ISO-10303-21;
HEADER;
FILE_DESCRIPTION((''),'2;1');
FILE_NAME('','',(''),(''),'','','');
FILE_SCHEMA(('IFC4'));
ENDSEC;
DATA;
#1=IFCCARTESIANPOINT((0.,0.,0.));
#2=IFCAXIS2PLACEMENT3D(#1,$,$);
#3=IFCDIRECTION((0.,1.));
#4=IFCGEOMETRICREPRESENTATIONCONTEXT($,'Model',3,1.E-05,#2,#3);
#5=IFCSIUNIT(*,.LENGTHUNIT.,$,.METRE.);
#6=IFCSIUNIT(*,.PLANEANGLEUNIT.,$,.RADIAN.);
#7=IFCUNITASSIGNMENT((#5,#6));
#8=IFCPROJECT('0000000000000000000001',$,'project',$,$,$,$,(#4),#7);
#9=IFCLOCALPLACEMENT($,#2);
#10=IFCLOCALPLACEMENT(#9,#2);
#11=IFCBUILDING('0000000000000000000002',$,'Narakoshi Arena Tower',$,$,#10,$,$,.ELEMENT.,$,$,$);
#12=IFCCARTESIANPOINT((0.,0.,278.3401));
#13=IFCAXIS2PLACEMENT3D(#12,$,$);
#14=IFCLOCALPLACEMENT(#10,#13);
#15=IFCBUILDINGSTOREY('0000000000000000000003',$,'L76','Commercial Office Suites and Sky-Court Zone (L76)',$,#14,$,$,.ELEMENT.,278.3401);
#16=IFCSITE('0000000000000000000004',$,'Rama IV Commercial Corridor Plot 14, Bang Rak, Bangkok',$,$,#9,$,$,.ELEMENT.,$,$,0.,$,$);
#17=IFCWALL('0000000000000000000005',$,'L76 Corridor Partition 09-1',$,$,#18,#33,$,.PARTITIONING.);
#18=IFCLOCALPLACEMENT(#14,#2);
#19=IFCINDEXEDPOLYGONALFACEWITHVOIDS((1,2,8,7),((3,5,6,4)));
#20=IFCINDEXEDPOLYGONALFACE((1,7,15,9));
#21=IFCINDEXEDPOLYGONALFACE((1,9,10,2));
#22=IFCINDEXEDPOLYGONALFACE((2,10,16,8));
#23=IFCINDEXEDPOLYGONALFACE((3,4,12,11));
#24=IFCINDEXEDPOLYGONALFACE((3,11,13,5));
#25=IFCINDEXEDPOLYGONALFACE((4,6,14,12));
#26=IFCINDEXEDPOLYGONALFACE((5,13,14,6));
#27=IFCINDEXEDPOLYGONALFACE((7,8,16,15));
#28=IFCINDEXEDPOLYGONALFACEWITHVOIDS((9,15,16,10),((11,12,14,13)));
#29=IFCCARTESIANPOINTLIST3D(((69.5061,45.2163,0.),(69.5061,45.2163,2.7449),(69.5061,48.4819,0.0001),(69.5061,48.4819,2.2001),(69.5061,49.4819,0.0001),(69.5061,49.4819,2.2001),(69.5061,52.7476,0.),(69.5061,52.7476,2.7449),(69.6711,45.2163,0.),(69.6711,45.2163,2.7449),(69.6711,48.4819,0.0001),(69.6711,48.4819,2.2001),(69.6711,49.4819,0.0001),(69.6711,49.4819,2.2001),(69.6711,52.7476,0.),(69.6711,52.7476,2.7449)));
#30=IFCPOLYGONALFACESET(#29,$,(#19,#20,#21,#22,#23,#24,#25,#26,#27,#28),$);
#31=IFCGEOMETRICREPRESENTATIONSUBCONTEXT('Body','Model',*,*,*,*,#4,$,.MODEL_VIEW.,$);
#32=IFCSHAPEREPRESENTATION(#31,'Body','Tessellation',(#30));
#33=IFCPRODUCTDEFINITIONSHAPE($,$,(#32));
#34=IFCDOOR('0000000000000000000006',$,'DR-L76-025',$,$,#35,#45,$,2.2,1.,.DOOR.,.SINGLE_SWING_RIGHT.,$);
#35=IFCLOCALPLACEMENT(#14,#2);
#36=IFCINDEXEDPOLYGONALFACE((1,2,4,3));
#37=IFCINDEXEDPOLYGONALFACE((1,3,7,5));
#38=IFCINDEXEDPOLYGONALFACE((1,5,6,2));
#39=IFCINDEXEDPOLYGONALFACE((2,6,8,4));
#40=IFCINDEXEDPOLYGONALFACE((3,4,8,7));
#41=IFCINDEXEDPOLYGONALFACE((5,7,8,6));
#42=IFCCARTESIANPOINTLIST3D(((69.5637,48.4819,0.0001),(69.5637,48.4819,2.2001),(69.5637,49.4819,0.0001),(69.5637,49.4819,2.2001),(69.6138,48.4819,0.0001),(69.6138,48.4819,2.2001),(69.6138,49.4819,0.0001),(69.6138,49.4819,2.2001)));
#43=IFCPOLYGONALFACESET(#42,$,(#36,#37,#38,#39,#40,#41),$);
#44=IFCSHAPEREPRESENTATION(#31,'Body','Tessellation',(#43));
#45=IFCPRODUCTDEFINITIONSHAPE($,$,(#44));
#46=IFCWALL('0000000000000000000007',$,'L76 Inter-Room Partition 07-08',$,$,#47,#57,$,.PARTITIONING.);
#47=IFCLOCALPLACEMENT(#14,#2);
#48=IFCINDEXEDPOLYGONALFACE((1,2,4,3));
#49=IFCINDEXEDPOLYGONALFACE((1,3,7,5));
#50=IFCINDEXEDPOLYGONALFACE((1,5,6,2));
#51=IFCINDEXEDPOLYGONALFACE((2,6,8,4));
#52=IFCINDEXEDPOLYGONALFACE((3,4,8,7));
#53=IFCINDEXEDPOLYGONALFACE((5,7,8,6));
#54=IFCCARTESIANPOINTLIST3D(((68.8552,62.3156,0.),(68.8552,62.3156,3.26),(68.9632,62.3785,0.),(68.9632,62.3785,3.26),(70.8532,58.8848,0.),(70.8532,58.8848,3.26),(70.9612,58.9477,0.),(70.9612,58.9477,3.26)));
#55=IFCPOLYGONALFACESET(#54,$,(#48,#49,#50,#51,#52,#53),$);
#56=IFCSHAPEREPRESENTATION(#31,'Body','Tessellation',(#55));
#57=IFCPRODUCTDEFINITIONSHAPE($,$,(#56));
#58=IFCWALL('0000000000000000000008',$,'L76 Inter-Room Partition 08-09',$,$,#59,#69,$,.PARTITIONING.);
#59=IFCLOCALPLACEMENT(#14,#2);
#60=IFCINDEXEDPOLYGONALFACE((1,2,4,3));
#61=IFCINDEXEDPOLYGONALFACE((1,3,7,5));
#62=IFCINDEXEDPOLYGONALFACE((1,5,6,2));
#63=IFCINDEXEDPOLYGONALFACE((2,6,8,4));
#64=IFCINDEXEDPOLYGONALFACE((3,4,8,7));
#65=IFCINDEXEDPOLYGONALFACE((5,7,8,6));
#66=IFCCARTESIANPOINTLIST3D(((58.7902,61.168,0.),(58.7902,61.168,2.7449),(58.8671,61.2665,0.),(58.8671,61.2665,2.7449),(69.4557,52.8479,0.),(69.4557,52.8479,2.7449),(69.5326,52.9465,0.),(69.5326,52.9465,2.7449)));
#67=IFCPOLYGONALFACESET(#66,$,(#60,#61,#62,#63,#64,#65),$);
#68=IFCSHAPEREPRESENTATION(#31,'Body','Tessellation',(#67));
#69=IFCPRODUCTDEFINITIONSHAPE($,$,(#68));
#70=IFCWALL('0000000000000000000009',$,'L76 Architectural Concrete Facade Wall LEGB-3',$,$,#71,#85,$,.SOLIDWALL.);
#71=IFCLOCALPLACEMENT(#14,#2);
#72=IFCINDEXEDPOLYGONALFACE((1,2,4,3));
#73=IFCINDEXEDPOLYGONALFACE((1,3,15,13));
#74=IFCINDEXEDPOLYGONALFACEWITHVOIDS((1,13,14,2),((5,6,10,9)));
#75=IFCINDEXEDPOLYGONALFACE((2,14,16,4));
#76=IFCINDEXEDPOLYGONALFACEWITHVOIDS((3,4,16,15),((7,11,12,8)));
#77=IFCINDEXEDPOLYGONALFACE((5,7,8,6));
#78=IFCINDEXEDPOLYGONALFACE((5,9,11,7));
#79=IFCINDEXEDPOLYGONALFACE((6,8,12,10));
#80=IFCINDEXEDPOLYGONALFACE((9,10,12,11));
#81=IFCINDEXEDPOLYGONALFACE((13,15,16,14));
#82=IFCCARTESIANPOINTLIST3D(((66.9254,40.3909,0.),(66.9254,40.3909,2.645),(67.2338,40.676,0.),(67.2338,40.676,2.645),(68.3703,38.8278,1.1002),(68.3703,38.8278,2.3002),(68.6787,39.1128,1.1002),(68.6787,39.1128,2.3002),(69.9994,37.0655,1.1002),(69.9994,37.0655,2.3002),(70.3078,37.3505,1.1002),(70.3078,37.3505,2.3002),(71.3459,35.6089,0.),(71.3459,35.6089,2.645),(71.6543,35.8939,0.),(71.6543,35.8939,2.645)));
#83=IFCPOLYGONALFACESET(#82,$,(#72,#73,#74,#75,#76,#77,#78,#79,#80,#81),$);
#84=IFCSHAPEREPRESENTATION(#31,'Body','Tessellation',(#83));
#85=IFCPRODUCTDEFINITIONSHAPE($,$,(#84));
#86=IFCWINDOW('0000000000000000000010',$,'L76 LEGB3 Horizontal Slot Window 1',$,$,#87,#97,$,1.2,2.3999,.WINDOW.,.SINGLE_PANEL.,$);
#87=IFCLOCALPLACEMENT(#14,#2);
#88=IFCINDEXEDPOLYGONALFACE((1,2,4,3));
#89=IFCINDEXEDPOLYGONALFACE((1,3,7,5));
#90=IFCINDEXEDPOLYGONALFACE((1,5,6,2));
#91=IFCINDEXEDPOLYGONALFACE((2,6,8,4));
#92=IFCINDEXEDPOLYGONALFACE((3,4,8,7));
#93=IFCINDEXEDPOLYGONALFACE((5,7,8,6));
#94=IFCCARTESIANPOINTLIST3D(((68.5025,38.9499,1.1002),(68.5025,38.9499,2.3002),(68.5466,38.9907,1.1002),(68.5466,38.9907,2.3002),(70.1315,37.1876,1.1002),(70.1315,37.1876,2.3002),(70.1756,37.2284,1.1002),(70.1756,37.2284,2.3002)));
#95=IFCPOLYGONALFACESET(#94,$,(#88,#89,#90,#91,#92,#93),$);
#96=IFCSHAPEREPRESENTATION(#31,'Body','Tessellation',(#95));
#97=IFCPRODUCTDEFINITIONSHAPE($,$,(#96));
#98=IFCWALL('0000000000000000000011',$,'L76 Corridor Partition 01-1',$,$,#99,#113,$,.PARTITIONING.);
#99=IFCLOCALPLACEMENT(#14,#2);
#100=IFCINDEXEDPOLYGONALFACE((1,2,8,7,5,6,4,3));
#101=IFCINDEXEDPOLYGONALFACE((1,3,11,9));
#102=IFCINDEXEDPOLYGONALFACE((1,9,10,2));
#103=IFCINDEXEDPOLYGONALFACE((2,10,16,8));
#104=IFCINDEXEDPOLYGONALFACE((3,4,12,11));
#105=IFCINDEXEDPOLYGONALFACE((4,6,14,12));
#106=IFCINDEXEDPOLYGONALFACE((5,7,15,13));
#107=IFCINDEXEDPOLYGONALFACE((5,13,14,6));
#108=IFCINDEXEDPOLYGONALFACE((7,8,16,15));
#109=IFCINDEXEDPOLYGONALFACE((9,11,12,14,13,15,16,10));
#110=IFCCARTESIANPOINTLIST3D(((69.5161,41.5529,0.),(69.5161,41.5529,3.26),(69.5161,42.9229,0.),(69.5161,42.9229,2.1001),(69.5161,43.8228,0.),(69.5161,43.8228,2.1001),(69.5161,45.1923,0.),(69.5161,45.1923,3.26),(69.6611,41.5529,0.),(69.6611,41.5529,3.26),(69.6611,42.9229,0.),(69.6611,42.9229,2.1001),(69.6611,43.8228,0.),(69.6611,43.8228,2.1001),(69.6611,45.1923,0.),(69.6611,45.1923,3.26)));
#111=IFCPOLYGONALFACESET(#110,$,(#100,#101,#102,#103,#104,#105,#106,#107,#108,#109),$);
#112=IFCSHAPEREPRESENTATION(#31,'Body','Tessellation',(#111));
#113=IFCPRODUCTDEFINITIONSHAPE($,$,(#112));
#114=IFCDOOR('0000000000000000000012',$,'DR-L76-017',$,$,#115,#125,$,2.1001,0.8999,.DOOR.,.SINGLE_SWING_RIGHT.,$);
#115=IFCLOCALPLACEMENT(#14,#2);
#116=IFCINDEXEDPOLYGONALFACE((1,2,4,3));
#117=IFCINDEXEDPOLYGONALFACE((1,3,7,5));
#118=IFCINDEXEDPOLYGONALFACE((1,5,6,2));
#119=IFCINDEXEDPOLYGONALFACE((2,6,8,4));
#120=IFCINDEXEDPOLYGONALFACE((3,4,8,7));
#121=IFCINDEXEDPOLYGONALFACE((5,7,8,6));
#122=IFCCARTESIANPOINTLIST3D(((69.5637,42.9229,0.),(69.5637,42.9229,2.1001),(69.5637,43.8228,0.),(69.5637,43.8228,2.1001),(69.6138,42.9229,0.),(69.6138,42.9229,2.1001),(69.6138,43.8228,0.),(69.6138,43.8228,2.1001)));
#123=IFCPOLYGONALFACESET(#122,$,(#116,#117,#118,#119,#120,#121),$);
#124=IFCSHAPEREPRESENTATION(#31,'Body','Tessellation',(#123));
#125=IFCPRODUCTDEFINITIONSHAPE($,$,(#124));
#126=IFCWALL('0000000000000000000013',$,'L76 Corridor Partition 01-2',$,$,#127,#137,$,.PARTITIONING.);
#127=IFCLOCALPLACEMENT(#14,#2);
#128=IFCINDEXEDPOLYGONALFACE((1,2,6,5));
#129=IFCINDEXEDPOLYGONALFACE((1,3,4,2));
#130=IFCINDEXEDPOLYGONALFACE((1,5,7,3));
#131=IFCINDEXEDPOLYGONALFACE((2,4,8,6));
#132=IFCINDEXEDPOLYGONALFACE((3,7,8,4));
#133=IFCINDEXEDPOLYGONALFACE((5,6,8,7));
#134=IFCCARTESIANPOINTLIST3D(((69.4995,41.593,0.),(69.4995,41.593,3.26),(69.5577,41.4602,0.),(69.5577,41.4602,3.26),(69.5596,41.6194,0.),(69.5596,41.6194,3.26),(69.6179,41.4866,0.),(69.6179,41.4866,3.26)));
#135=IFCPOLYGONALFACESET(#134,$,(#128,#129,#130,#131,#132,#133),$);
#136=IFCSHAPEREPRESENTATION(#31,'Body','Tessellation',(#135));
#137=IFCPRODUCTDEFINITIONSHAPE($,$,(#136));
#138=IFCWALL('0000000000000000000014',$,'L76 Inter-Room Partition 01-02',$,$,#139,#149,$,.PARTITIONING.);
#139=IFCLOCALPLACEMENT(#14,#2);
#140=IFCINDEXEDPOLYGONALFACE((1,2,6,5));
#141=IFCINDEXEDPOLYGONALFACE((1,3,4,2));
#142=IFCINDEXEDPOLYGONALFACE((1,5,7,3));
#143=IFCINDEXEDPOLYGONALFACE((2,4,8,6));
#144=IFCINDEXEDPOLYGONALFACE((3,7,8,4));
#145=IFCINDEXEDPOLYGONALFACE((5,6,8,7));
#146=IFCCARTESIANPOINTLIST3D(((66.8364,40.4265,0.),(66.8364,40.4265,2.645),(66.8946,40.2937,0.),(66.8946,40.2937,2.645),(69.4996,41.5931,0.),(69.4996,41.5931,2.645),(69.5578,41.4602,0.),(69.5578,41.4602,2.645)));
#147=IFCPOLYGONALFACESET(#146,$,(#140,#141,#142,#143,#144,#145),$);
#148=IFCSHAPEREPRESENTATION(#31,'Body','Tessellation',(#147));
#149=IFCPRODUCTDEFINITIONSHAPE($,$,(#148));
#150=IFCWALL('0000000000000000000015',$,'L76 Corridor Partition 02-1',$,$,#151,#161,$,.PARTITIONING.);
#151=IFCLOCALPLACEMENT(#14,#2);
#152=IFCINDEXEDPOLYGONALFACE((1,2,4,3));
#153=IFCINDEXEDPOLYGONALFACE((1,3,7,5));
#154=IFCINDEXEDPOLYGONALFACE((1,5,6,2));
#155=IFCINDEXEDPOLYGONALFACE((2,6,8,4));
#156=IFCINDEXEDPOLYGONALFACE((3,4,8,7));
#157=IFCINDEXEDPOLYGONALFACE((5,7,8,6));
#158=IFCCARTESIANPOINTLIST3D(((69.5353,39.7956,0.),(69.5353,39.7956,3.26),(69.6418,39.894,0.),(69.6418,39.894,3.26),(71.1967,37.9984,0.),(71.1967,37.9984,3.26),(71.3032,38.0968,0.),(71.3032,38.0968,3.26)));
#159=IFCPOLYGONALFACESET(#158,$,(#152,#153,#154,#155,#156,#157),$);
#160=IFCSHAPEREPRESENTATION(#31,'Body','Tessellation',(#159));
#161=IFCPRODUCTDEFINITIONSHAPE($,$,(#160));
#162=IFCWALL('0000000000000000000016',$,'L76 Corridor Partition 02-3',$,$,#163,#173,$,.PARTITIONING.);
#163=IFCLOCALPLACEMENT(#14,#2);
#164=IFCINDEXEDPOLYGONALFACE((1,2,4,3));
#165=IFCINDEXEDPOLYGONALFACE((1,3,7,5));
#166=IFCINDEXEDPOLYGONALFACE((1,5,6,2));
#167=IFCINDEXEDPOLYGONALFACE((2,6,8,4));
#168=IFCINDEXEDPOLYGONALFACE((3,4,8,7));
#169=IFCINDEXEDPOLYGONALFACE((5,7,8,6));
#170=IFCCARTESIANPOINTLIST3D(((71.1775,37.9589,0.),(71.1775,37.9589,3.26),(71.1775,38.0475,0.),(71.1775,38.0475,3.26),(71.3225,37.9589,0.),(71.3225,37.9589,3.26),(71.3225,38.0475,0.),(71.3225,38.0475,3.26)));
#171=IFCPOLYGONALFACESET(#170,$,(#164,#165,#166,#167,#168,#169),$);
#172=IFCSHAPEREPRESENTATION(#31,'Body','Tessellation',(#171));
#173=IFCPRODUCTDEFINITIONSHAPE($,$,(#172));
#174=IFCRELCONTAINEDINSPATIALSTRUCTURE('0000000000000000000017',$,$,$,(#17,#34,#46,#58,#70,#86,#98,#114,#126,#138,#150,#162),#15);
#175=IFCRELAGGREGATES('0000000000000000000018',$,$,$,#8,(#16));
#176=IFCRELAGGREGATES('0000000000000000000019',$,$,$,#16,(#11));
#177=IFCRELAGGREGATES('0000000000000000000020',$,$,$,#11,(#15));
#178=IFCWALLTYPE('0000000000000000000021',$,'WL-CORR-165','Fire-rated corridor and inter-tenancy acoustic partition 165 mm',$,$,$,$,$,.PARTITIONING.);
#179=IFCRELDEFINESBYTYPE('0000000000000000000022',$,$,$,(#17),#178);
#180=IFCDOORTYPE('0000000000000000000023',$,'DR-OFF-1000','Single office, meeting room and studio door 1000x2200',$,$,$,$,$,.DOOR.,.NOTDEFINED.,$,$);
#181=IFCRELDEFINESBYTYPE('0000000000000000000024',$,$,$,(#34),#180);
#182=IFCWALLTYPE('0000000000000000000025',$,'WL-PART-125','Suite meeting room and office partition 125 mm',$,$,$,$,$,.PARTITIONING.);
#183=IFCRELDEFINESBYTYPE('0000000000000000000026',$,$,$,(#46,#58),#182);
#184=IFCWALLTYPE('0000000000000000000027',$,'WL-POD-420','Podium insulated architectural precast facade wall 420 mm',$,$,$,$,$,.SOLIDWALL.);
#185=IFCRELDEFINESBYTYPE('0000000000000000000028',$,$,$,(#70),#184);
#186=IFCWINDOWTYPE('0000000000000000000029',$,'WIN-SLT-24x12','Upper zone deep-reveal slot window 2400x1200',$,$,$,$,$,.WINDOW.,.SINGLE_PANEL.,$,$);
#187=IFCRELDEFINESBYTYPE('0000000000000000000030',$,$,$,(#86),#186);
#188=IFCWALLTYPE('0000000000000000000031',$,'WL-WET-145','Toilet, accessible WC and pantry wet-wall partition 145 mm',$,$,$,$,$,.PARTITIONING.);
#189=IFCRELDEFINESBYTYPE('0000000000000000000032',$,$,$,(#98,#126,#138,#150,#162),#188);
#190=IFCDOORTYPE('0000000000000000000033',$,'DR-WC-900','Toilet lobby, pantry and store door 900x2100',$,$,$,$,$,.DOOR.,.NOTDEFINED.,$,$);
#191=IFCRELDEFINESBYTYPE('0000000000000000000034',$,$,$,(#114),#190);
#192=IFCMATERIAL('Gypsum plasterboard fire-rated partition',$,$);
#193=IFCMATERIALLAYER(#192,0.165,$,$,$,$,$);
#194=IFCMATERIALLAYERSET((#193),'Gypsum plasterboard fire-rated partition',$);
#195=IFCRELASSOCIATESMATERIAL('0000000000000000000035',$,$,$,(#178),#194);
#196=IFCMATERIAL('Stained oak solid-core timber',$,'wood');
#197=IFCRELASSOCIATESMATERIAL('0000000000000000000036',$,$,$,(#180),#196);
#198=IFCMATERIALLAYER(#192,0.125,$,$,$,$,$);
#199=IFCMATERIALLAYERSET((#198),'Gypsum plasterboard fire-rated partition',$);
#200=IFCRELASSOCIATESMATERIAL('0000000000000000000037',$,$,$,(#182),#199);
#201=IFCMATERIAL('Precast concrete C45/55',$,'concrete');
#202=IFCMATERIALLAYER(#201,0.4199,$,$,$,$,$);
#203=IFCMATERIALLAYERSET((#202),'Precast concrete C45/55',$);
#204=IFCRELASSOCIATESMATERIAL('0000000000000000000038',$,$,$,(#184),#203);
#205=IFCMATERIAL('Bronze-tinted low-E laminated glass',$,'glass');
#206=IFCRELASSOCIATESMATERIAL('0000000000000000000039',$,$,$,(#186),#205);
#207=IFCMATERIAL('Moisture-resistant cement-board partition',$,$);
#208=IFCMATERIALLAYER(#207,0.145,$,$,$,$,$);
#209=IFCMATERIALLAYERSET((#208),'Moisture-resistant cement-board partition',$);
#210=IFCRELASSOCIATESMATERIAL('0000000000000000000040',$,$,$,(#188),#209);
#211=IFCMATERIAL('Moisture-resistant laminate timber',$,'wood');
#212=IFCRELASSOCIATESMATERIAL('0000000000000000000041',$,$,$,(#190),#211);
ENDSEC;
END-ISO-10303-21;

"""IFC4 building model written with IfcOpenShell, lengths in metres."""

from ifc_helpers import new_model, si_unit, direction, frame, frame_2d, origin, place, context, subcontext, project, spatial, rectangle, extrude, material, layer, layer_set, type_object, element, fill, save


model = new_model("IFC4")

# Units and contexts
model_context = context("Model", 3, precision=1e-05, world=origin(), true_north=direction((0.0, 1.0)))
body_context = subcontext(model_context, "Body", "Model", "MODEL_VIEW")
ifc_project = project(units=[si_unit("LENGTHUNIT", "METRE"), si_unit("PLANEANGLEUNIT", "RADIAN")], contexts=[model_context])

# Site, building, storey
site_placement = place(None, origin())
site = spatial("IfcSite", under=ifc_project, at=site_placement, Name="Rama IV Commercial Corridor Plot 14, Bang Rak, Bangkok", CompositionType="ELEMENT", RefElevation=0.0)
building_placement = place(site_placement, origin())
building = spatial("IfcBuilding", under=site, at=building_placement, Name="Narakoshi Arena Tower", CompositionType="ELEMENT")
storey_placement = place(building_placement, frame((0.0, 0.0, 278.3401)))
storey = spatial("IfcBuildingStorey", under=building, at=storey_placement, Name="L76", Description="Commercial Office Suites and Sky-Court Zone (L76)", CompositionType="ELEMENT", Elevation=278.3401)

# Shared definitions
ifc_material_1 = material(Name="Bronze-tinted low-E laminated glass", Category="glass")

# Shared definitions
ifc_material_2 = material(Name="Gypsum plasterboard fire-rated partition")
ifc_layer_1 = layer(ifc_material_2, 0.165)
ifc_layer_set_1 = layer_set([ifc_layer_1], Name="Gypsum plasterboard fire-rated partition")
wall_type_1 = type_object("IfcWallType", Name="WL-CORR-165", Description="Fire-rated corridor and inter-tenancy acoustic partition 165 mm", PredefinedType="PARTITIONING", material=ifc_layer_set_1)
ifc_material_3 = material(Name="Stained oak solid-core timber", Category="wood")
door_type_1 = type_object("IfcDoorType", Name="DR-OFF-1000", Description="Single office, meeting room and studio door 1000x2200", OperationType="NOTDEFINED", PredefinedType="DOOR", material=ifc_material_3)

# Wall, opening, door
wall_1_placement = place(storey_placement, frame((69.5886, 52.7476, 0.0), z_axis=(0.0, 0.0, 1.0), x_axis=(0.0, -1.0, 0.0)))
wall_1 = element("IfcWall", 1, at=wall_1_placement, inside=storey, type_object=wall_type_1, Name="L76 Corridor Partition 09-1", PredefinedType="PARTITIONING", context=body_context, shape_type="SweptSolid", body=[
    extrude(rectangle(XDim=7.5312, YDim=0.165, at=frame_2d((3.7656, 0.0))), origin(), (0.0, 0.0, 1.0), 2.7449),
])
opening_1_placement = place(wall_1_placement, frame((3.2656, 0.0, 0.0)))
opening_1 = element("IfcOpeningElement", 2, at=opening_1_placement, cuts=wall_1, PredefinedType="OPENING", context=body_context, shape_type="SweptSolid", body=[
    extrude(rectangle(XDim=1.0, YDim=2.2, at=frame_2d((0.5, 1.1001))), frame((0.0, 0.0925, 0.0), z_axis=(0.0, -1.0, 0.0), x_axis=(1.0, 0.0, 0.0)), (0.0, 0.0, 1.0), 0.1851),
])
door_1_placement = place(opening_1_placement, frame((1.0, 0.0, 0.0), z_axis=(0.0, 0.0, 1.0), x_axis=(-1.0, 0.0, 0.0)))
door_1 = element("IfcDoor", 3, at=door_1_placement, inside=storey, type_object=door_type_1, Name="DR-L76-025", OperationType="SINGLE_SWING_RIGHT", OverallHeight=2.2, OverallWidth=1.0, PredefinedType="DOOR", context=body_context, shape_type="SweptSolid", body=[
    extrude(rectangle(XDim=1.0, YDim=2.2, at=frame_2d((0.5, 1.1001))), frame((0.0, 0.0249, 0.0), z_axis=(0.0, -1.0, 0.0), x_axis=(1.0, 0.0, 0.0)), (0.0, 0.0, 1.0), 0.05),
])
fill(opening_1, door_1)

# Walls
ifc_layer_2 = layer(ifc_material_2, 0.125)
ifc_layer_set_2 = layer_set([ifc_layer_2], Name="Gypsum plasterboard fire-rated partition")
wall_type_2 = type_object("IfcWallType", Name="WL-PART-125", Description="Suite meeting room and office partition 125 mm", PredefinedType="PARTITIONING", material=ifc_layer_set_2)
wall_2_placement = place(storey_placement, frame((70.9072, 58.9163, 0.0), z_axis=(0.0, 0.0, 1.0), x_axis=(-0.503248, 0.864142, 0.0)))
element("IfcWall", 4, at=wall_2_placement, inside=storey, type_object=wall_type_2, Name="L76 Inter-Room Partition 07-08", PredefinedType="PARTITIONING", context=body_context, shape_type="SweptSolid", body=[
    extrude(rectangle(XDim=3.9702, YDim=0.125, at=frame_2d((1.9851, 0.0))), origin(), (0.0, 0.0, 1.0), 3.26),
])
wall_3_placement = place(storey_placement, frame((69.4941, 52.8972, 0.0), z_axis=(0.0, 0.0, 1.0), x_axis=(-0.788468, 0.615076, 0.0)))
element("IfcWall", 5, at=wall_3_placement, inside=storey, type_object=wall_type_2, Name="L76 Inter-Room Partition 08-09", PredefinedType="PARTITIONING", context=body_context, shape_type="SweptSolid", body=[
    extrude(rectangle(XDim=13.5269, YDim=0.125, at=frame_2d((6.7634, 0.0))), origin(), (0.0, 0.0, 1.0), 2.7449),
])

# Wall, opening, window
ifc_material_4 = material(Name="Precast concrete C45/55", Category="concrete")
ifc_layer_3 = layer(ifc_material_4, 0.4199)
ifc_layer_set_3 = layer_set([ifc_layer_3], Name="Precast concrete C45/55")
wall_type_3 = type_object("IfcWallType", Name="WL-POD-420", Description="Podium insulated architectural precast facade wall 420 mm", PredefinedType="SOLIDWALL", material=ifc_layer_set_3)
wall_4_placement = place(storey_placement, frame((67.0796, 40.5334, 0.0), z_axis=(0.0, 0.0, 1.0), x_axis=(0.6788, -0.734323, 0.0)))
wall_4 = element("IfcWall", 6, at=wall_4_placement, inside=storey, type_object=wall_type_3, Name="L76 Architectural Concrete Facade Wall LEGB-3", PredefinedType="SOLIDWALL", context=body_context, shape_type="SweptSolid", body=[
    extrude(rectangle(XDim=6.5122, YDim=0.4199, at=frame_2d((3.2561, 0.0))), origin(), (0.0, 0.0, 1.0), 2.645),
])
opening_2_placement = place(wall_4_placement, frame((2.1287, 0.0, 1.1001)))
opening_2 = element("IfcOpeningElement", 7, at=opening_2_placement, cuts=wall_4, PredefinedType="OPENING", context=body_context, shape_type="SweptSolid", body=[
    extrude(rectangle(XDim=2.3999, YDim=1.2, at=frame_2d((1.2, 0.6001))), frame((0.0, 0.22, 0.0), z_axis=(0.0, -1.0, 0.0), x_axis=(1.0, 0.0, 0.0)), (0.0, 0.0, 1.0), 0.4399),
])
window_type = type_object("IfcWindowType", Name="WIN-SLT-24x12", Description="Upper zone deep-reveal slot window 2400x1200", PartitioningType="SINGLE_PANEL", PredefinedType="WINDOW", material=ifc_material_1)
window_placement = place(opening_2_placement, origin())
window = element("IfcWindow", 8, at=window_placement, inside=storey, type_object=window_type, Name="L76 LEGB3 Horizontal Slot Window 1", OverallHeight=1.2, OverallWidth=2.3999, PartitioningType="SINGLE_PANEL", PredefinedType="WINDOW", context=body_context, shape_type="SweptSolid", body=[
    extrude(rectangle(XDim=2.3999, YDim=1.2, at=frame_2d((1.2, 0.6001))), frame((0.0, 0.03, 0.0), z_axis=(0.0, -1.0, 0.0), x_axis=(1.0, 0.0, 0.0)), (0.0, 0.0, 1.0), 0.0601),
])
fill(opening_2, window)

# Wall, opening, door
ifc_material_5 = material(Name="Moisture-resistant cement-board partition")
ifc_layer_4 = layer(ifc_material_5, 0.145)
ifc_layer_set_4 = layer_set([ifc_layer_4], Name="Moisture-resistant cement-board partition")
wall_type_4 = type_object("IfcWallType", Name="WL-WET-145", Description="Toilet, accessible WC and pantry wet-wall partition 145 mm", PredefinedType="PARTITIONING", material=ifc_layer_set_4)
wall_5_placement = place(storey_placement, frame((69.5886, 45.1924, 0.0), z_axis=(0.0, 0.0, 1.0), x_axis=(0.0, -1.0, 0.0)))
wall_5 = element("IfcWall", 9, at=wall_5_placement, inside=storey, type_object=wall_type_4, Name="L76 Corridor Partition 01-1", PredefinedType="PARTITIONING", context=body_context, shape_type="SweptSolid", body=[
    extrude(rectangle(XDim=3.6394, YDim=0.145, at=frame_2d((1.8198, 0.0))), origin(), (0.0, 0.0, 1.0), 3.26),
])
opening_3_placement = place(wall_5_placement, frame((1.3696, 0.0, 0.0)))
opening_3 = element("IfcOpeningElement", 10, at=opening_3_placement, cuts=wall_5, PredefinedType="OPENING", context=body_context, shape_type="SweptSolid", body=[
    extrude(rectangle(XDim=0.8999, YDim=2.1001, at=frame_2d((0.45, 1.05))), frame((0.0, 0.0825, 0.0), z_axis=(0.0, -1.0, 0.0), x_axis=(1.0, 0.0, 0.0)), (0.0, 0.0, 1.0), 0.165),
])
ifc_material_6 = material(Name="Moisture-resistant laminate timber", Category="wood")
door_type_2 = type_object("IfcDoorType", Name="DR-WC-900", Description="Toilet lobby, pantry and store door 900x2100", OperationType="NOTDEFINED", PredefinedType="DOOR", material=ifc_material_6)
door_2_placement = place(opening_3_placement, frame((0.8999, 0.0, 0.0), z_axis=(0.0, 0.0, 1.0), x_axis=(-1.0, 0.0, 0.0)))
door_2 = element("IfcDoor", 11, at=door_2_placement, inside=storey, type_object=door_type_2, Name="DR-L76-017", OperationType="SINGLE_SWING_RIGHT", OverallHeight=2.1001, OverallWidth=0.8999, PredefinedType="DOOR", context=body_context, shape_type="SweptSolid", body=[
    extrude(rectangle(XDim=0.8999, YDim=2.1001, at=frame_2d((0.45, 1.05))), frame((0.0, 0.0249, 0.0), z_axis=(0.0, -1.0, 0.0), x_axis=(1.0, 0.0, 0.0)), (0.0, 0.0, 1.0), 0.05),
])
fill(opening_3, door_2)

# Walls
wall_6_placement = place(storey_placement, frame((69.5886, 41.553, 0.0), z_axis=(0.0, 0.0, 1.0), x_axis=(-0.915644, -0.40199, 0.0)))
element("IfcWall", 12, at=wall_6_placement, inside=storey, type_object=wall_type_4, Name="L76 Corridor Partition 01-2", PredefinedType="PARTITIONING", context=body_context, shape_type="SweptSolid", body=[
    extrude(rectangle(XDim=0.0657, YDim=0.145, at=frame_2d((0.0327, 0.0))), origin(), (0.0, 0.0, 1.0), 3.26),
])
wall_7_placement = place(storey_placement, frame((69.5286, 41.5266, 0.0), z_axis=(0.0, 0.0, 1.0), x_axis=(-0.91598, -0.401224, 0.0)))
element("IfcWall", 13, at=wall_7_placement, inside=storey, type_object=wall_type_4, Name="L76 Inter-Room Partition 01-02", PredefinedType="PARTITIONING", context=body_context, shape_type="SweptSolid", body=[
    extrude(rectangle(XDim=2.9075, YDim=0.145, at=frame_2d((1.4536, 0.0))), origin(), (0.0, 0.0, 1.0), 2.645),
])
wall_8_placement = place(storey_placement, frame((69.5886, 39.8447, 0.0), z_axis=(0.0, 0.0, 1.0), x_axis=(0.678831, -0.734295, 0.0)))
element("IfcWall", 14, at=wall_8_placement, inside=storey, type_object=wall_type_4, Name="L76 Corridor Partition 02-1", PredefinedType="PARTITIONING", context=body_context, shape_type="SweptSolid", body=[
    extrude(rectangle(XDim=2.4475, YDim=0.145, at=frame_2d((1.2236, 0.0))), origin(), (0.0, 0.0, 1.0), 3.26),
])

# Wall
wall_9_placement = place(storey_placement, frame((71.25, 38.0476, 0.0), z_axis=(0.0, 0.0, 1.0), x_axis=(0.0, -1.0, 0.0)))
element("IfcWall", 15, at=wall_9_placement, inside=storey, type_object=wall_type_4, Name="L76 Corridor Partition 02-3", PredefinedType="PARTITIONING", context=body_context, shape_type="SweptSolid", body=[
    extrude(rectangle(XDim=0.0886, YDim=0.145, at=frame_2d((0.0444, 0.0))), origin(), (0.0, 0.0, 1.0), 3.26),
])

save(model, "model.ifc")
